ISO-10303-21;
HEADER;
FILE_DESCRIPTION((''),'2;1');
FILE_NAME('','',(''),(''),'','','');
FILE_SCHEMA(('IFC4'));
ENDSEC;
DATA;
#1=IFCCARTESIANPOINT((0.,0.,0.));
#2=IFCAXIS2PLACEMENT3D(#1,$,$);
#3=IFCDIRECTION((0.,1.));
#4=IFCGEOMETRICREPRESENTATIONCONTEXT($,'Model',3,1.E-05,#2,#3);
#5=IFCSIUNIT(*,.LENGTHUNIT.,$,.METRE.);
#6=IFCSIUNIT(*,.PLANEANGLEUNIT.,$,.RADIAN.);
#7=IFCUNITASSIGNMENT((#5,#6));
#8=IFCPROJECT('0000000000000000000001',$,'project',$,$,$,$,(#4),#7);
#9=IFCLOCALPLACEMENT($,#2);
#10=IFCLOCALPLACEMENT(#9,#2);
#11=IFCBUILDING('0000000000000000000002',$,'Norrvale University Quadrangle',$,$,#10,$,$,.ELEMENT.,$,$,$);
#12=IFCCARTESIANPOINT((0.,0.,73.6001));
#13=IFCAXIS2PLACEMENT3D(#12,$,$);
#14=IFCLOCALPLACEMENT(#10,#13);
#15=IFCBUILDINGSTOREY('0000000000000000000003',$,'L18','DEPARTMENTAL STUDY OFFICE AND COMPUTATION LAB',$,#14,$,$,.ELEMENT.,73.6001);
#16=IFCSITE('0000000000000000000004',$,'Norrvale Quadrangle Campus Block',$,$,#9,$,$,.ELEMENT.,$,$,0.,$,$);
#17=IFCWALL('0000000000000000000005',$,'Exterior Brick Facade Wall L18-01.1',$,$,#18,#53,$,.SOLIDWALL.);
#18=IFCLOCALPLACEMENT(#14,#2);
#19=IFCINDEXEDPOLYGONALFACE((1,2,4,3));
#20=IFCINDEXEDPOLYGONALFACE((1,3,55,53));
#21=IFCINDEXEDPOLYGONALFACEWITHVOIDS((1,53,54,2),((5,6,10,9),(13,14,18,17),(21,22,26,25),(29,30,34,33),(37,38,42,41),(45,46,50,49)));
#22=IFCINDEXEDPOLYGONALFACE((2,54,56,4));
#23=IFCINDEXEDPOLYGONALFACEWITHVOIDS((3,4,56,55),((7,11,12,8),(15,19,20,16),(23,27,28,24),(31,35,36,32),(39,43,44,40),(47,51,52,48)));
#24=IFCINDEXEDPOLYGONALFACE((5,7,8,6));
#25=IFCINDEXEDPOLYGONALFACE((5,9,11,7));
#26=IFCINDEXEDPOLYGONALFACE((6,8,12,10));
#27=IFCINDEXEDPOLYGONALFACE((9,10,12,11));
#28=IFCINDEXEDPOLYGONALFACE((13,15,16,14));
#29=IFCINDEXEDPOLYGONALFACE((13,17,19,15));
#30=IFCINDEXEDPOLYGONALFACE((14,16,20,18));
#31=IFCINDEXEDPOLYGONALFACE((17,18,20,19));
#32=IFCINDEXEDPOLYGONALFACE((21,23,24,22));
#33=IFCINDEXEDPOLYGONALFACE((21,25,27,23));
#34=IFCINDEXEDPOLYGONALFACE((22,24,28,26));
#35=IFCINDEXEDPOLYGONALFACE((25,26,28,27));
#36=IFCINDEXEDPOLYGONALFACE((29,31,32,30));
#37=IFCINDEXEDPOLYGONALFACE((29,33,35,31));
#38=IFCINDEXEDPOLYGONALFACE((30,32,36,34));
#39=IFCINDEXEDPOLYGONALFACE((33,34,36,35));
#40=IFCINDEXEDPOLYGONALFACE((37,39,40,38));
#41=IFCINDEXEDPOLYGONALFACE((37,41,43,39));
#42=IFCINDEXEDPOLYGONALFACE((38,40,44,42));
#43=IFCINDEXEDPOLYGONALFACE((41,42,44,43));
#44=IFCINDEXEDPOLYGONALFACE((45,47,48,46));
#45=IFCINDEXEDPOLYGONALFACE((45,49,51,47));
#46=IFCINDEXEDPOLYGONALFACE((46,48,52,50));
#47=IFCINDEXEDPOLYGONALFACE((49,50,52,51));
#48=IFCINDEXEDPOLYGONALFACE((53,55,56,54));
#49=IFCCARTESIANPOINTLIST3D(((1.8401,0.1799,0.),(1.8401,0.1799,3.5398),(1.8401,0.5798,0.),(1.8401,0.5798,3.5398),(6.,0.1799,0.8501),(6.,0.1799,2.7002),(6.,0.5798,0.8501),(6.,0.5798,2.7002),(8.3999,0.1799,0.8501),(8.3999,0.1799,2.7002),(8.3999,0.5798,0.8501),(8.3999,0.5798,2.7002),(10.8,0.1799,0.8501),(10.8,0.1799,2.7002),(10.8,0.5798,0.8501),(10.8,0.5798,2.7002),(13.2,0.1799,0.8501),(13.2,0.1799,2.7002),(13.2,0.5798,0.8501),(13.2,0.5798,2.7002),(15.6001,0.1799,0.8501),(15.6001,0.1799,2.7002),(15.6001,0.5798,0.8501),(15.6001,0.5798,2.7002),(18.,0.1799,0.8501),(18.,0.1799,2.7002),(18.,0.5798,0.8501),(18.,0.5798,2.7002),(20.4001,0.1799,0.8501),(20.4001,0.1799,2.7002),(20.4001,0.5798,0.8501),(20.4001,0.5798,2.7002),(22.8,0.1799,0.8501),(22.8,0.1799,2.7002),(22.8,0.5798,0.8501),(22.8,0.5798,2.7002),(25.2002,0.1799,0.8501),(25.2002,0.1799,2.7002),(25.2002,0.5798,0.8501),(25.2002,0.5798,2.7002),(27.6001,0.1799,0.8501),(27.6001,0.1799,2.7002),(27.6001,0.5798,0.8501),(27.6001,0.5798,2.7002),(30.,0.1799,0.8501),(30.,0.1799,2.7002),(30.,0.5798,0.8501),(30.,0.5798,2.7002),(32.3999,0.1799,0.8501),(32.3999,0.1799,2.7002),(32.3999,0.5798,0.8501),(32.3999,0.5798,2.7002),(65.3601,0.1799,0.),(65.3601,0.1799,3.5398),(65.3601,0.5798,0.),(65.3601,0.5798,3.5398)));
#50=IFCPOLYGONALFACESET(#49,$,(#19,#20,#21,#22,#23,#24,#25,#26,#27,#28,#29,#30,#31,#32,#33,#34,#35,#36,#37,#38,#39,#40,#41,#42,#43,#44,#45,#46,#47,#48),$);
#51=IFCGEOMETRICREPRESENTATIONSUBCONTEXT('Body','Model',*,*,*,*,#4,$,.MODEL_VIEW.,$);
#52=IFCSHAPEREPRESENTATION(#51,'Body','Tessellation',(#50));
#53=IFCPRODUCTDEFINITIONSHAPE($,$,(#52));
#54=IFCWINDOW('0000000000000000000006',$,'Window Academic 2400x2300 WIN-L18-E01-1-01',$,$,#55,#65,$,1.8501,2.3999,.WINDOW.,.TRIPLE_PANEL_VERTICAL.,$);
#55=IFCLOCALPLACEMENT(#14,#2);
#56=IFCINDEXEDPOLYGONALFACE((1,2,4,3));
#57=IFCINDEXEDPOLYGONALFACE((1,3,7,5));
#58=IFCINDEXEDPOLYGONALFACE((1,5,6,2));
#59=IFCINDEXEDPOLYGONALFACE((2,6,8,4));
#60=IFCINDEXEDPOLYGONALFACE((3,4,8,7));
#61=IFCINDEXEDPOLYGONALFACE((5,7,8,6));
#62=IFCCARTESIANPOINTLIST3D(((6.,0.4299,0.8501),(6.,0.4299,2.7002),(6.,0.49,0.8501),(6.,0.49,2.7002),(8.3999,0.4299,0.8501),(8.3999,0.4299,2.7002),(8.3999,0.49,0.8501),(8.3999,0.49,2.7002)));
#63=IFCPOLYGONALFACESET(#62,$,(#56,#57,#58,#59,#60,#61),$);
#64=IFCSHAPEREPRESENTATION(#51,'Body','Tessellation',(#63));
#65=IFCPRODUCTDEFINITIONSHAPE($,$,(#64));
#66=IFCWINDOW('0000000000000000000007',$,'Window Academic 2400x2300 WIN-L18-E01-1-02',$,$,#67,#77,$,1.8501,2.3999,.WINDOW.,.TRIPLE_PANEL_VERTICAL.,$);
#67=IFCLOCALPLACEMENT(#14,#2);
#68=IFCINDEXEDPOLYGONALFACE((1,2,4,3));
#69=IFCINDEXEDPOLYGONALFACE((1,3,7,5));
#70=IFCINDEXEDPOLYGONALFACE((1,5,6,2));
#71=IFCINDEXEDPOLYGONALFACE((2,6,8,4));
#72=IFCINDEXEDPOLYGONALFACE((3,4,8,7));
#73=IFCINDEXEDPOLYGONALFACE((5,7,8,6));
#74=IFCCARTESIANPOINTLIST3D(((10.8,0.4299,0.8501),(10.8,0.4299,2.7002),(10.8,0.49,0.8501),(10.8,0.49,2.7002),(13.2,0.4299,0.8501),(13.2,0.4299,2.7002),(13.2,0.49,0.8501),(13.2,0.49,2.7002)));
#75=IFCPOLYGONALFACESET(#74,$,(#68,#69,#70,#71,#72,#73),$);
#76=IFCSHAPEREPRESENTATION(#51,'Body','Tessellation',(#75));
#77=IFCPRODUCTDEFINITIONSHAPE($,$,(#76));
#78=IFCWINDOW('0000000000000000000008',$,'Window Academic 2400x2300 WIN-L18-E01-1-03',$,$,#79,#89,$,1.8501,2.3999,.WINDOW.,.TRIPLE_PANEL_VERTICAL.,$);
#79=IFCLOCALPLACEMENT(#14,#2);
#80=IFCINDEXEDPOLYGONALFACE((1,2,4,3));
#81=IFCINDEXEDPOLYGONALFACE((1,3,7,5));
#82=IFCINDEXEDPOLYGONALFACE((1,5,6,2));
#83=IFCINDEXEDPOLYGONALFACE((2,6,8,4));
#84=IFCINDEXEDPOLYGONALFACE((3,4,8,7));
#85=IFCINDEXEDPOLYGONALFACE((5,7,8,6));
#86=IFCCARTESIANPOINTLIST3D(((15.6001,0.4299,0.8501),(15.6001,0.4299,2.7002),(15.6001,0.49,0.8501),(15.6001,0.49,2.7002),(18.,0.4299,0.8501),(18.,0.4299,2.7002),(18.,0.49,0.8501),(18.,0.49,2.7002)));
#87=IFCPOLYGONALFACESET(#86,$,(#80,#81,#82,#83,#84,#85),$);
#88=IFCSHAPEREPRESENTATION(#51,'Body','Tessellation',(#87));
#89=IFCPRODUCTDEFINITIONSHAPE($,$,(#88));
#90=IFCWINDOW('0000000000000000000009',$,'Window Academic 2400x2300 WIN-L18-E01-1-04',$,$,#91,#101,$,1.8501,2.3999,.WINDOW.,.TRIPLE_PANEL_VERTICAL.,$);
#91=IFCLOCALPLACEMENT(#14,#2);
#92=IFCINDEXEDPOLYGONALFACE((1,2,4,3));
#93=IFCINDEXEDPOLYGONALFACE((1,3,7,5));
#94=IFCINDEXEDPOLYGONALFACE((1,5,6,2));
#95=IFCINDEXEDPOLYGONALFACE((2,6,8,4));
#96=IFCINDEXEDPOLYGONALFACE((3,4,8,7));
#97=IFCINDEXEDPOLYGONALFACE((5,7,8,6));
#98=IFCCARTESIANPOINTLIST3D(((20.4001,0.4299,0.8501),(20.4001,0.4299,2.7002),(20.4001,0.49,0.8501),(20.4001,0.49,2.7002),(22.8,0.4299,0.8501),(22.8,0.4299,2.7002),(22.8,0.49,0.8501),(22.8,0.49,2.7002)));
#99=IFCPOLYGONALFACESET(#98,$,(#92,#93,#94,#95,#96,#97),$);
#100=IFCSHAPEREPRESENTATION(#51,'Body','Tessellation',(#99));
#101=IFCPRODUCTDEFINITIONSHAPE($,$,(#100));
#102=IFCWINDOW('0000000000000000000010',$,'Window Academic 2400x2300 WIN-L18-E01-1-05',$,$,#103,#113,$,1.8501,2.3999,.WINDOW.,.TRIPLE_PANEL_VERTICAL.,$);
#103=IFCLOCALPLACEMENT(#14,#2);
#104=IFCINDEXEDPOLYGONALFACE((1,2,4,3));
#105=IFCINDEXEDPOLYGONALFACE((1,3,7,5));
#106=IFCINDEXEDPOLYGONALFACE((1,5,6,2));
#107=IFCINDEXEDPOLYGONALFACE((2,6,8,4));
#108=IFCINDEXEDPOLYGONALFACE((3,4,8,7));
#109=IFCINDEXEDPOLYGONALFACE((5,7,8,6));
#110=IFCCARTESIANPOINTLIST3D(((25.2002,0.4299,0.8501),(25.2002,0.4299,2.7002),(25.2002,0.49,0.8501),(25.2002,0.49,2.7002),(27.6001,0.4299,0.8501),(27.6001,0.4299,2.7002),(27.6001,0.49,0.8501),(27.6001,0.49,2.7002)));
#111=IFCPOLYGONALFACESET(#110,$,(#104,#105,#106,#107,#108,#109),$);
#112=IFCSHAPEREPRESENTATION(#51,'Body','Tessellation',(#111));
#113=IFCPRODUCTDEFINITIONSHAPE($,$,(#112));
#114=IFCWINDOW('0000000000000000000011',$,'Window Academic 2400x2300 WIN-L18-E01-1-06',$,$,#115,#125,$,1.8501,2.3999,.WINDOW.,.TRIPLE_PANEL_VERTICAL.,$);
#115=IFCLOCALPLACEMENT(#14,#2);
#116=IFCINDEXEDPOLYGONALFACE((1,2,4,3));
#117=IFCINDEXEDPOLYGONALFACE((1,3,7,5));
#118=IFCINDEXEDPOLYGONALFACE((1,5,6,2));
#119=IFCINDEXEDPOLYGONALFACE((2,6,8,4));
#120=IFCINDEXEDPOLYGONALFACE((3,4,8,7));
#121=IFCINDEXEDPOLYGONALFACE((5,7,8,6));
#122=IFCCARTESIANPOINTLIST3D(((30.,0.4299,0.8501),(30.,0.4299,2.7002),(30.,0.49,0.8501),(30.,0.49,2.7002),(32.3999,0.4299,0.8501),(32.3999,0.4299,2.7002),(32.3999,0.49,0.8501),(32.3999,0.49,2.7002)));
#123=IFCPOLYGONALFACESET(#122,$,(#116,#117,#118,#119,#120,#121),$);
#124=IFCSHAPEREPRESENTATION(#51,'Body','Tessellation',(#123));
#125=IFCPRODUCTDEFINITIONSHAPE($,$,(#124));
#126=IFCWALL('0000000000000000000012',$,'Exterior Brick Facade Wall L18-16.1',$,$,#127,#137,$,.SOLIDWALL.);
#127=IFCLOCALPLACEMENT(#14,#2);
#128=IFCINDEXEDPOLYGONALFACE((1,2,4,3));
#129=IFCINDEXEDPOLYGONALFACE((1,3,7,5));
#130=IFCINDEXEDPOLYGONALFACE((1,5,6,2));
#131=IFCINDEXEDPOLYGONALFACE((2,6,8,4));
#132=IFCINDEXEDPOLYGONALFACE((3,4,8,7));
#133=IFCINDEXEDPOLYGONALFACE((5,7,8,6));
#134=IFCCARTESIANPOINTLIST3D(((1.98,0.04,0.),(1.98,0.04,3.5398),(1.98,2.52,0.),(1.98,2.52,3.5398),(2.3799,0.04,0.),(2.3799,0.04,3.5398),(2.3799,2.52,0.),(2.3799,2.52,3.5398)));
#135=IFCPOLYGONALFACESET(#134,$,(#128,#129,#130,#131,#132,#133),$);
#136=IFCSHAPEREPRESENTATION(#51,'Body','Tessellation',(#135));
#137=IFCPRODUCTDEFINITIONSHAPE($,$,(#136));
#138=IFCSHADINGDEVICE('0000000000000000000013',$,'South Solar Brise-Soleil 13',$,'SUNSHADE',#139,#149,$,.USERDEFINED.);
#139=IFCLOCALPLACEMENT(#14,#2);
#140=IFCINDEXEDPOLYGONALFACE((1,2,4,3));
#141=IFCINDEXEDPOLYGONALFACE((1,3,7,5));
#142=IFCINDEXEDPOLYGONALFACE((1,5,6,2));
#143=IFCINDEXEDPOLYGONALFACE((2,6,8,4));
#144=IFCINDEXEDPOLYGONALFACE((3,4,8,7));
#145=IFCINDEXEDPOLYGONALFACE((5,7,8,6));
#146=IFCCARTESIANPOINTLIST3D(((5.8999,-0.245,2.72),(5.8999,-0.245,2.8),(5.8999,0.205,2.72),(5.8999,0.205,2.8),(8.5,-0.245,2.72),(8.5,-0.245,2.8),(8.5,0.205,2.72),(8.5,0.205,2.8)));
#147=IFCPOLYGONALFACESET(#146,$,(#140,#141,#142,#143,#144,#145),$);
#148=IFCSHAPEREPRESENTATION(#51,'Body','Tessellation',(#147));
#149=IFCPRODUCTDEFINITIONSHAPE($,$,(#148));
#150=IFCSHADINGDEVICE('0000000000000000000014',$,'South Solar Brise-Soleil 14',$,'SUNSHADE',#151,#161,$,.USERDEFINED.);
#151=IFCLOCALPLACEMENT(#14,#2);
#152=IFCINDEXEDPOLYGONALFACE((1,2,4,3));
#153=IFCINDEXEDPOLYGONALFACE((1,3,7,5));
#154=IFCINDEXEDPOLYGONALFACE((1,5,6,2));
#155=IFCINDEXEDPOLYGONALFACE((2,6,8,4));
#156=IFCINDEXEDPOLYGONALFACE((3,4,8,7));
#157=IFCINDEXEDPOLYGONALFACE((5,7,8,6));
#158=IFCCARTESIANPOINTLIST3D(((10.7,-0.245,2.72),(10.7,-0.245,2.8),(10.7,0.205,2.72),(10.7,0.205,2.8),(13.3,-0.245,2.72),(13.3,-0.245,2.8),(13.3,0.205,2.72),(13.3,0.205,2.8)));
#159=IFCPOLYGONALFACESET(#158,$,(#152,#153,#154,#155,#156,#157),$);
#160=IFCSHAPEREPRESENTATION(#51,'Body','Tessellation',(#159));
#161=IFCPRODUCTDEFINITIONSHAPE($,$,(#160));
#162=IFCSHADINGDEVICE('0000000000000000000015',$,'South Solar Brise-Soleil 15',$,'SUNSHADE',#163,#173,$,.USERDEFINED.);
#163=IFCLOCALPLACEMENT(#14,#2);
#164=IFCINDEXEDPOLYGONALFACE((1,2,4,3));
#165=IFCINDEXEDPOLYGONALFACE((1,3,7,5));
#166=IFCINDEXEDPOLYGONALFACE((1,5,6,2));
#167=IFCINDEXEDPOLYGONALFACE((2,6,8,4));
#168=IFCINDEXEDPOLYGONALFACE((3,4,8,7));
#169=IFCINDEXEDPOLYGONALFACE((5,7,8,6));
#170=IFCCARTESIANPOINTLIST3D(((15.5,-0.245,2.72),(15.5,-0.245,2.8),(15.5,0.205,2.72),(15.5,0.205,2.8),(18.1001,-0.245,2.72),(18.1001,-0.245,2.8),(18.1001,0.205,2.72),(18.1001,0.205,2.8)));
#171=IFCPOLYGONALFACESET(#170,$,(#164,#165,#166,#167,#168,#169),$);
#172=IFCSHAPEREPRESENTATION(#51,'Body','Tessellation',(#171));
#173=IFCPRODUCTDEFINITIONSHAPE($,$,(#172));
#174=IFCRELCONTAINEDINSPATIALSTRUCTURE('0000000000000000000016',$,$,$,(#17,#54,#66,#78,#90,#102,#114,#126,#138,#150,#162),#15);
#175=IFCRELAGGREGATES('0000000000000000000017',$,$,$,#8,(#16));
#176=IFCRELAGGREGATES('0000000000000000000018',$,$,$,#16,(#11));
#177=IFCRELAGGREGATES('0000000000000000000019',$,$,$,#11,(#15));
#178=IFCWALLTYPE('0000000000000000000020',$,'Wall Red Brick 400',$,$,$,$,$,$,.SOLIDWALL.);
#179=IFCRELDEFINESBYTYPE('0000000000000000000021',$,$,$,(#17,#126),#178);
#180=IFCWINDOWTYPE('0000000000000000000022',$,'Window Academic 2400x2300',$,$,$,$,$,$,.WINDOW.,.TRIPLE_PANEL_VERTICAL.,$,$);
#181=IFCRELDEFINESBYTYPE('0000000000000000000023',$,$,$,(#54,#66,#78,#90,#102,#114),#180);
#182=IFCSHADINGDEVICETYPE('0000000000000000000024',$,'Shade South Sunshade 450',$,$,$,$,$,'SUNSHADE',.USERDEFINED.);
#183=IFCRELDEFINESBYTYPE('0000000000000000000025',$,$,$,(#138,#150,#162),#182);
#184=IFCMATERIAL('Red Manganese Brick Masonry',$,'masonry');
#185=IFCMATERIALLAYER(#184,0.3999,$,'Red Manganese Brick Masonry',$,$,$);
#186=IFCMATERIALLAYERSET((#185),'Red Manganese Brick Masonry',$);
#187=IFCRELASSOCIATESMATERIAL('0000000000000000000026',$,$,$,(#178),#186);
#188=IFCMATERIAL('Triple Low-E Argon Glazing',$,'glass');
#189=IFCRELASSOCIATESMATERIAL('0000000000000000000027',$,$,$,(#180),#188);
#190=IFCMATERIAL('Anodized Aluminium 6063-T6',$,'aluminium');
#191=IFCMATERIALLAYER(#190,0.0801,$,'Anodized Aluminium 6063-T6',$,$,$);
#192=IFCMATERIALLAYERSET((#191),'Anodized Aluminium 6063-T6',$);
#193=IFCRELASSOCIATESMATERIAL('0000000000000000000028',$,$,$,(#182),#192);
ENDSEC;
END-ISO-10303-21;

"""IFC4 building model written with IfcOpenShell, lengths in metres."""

from ifc_helpers import new_model, si_unit, direction, frame, frame_2d, origin, origin_2d, place, context, subcontext, project, spatial, rectangle, extrude, material, layer, layer_set, type_object, element, fill, save


model = new_model("IFC4")

# Units and contexts
model_context = context("Model", 3, precision=1e-05, world=origin(), true_north=direction((0.0, 1.0)))
body_context = subcontext(model_context, "Body", "Model", "MODEL_VIEW")
ifc_project = project(units=[si_unit("LENGTHUNIT", "METRE"), si_unit("PLANEANGLEUNIT", "RADIAN")], contexts=[model_context])

# Site, building, storey
site_placement = place(None, origin())
site = spatial("IfcSite", under=ifc_project, at=site_placement, Name="Norrvale Quadrangle Campus Block", CompositionType="ELEMENT", RefElevation=0.0)
building_placement = place(site_placement, origin())
building = spatial("IfcBuilding", under=site, at=building_placement, Name="Norrvale University Quadrangle", CompositionType="ELEMENT")
storey_placement = place(building_placement, frame((0.0, 0.0, 73.6001)))
storey = spatial("IfcBuildingStorey", under=building, at=storey_placement, Name="L18", Description="DEPARTMENTAL STUDY OFFICE AND COMPUTATION LAB", CompositionType="ELEMENT", Elevation=73.6001)

# Wall, openings, windows
ifc_material_1 = material(Name="Red Manganese Brick Masonry", Category="masonry")
ifc_layer_1 = layer(ifc_material_1, 0.3999, Name="Red Manganese Brick Masonry")
ifc_layer_set_1 = layer_set([ifc_layer_1], Name="Red Manganese Brick Masonry")
wall_type_1 = type_object("IfcWallType", Name="Wall Red Brick 400", PredefinedType="SOLIDWALL", material=ifc_layer_set_1)
wall_1_placement = place(storey_placement, frame((1.8401, 0.3799, 0.0), z_axis=(0.0, 0.0, 1.0), x_axis=(1.0, 0.0, 0.0)))
wall_1 = element("IfcWall", 1, at=wall_1_placement, inside=storey, type_object=wall_type_1, Name="Exterior Brick Facade Wall L18-01.1", PredefinedType="SOLIDWALL", context=body_context, shape_type="SweptSolid", body=[
    extrude(rectangle(XDim=63.52, YDim=0.3999, at=frame_2d((31.76, 0.0))), origin(), (0.0, 0.0, 1.0), 3.5398),
])
opening_1_placement = place(wall_1_placement, frame((4.1599, 0.0, 0.8501)))
opening_1 = element("IfcOpeningElement", 2, at=opening_1_placement, cuts=wall_1, PredefinedType="OPENING", context=body_context, shape_type="SweptSolid", body=[
    extrude(rectangle(XDim=2.3999, YDim=1.8501, at=frame_2d((1.2, 0.925))), frame((0.0, 0.2119, 0.0), z_axis=(0.0, -1.0, 0.0), x_axis=(1.0, 0.0, 0.0)), (0.0, 0.0, 1.0), 0.4238),
])
opening_2_placement = place(wall_1_placement, frame((8.96, 0.0, 0.8501)))
opening_2 = element("IfcOpeningElement", 3, at=opening_2_placement, cuts=wall_1, PredefinedType="OPENING", context=body_context, shape_type="SweptSolid", body=[
    extrude(rectangle(XDim=2.3999, YDim=1.8501, at=frame_2d((1.2, 0.925))), frame((0.0, 0.2119, 0.0), z_axis=(0.0, -1.0, 0.0), x_axis=(1.0, 0.0, 0.0)), (0.0, 0.0, 1.0), 0.4238),
])
opening_3_placement = place(wall_1_placement, frame((13.76, 0.0, 0.8501)))
opening_3 = element("IfcOpeningElement", 4, at=opening_3_placement, cuts=wall_1, PredefinedType="OPENING", context=body_context, shape_type="SweptSolid", body=[
    extrude(rectangle(XDim=2.3999, YDim=1.8501, at=frame_2d((1.2, 0.925))), frame((0.0, 0.2119, 0.0), z_axis=(0.0, -1.0, 0.0), x_axis=(1.0, 0.0, 0.0)), (0.0, 0.0, 1.0), 0.4238),
])
opening_4_placement = place(wall_1_placement, frame((18.5601, 0.0, 0.8501)))
opening_4 = element("IfcOpeningElement", 5, at=opening_4_placement, cuts=wall_1, PredefinedType="OPENING", context=body_context, shape_type="SweptSolid", body=[
    extrude(rectangle(XDim=2.3999, YDim=1.8501, at=frame_2d((1.2, 0.925))), frame((0.0, 0.2119, 0.0), z_axis=(0.0, -1.0, 0.0), x_axis=(1.0, 0.0, 0.0)), (0.0, 0.0, 1.0), 0.4238),
])
opening_5_placement = place(wall_1_placement, frame((23.3601, 0.0, 0.8501)))
opening_5 = element("IfcOpeningElement", 6, at=opening_5_placement, cuts=wall_1, PredefinedType="OPENING", context=body_context, shape_type="SweptSolid", body=[
    extrude(rectangle(XDim=2.3999, YDim=1.8501, at=frame_2d((1.2, 0.925))), frame((0.0, 0.2119, 0.0), z_axis=(0.0, -1.0, 0.0), x_axis=(1.0, 0.0, 0.0)), (0.0, 0.0, 1.0), 0.4238),
])
opening_6_placement = place(wall_1_placement, frame((28.1599, 0.0, 0.8501)))
opening_6 = element("IfcOpeningElement", 7, at=opening_6_placement, cuts=wall_1, PredefinedType="OPENING", context=body_context, shape_type="SweptSolid", body=[
    extrude(rectangle(XDim=2.3999, YDim=1.8501, at=frame_2d((1.2, 0.925))), frame((0.0, 0.2119, 0.0), z_axis=(0.0, -1.0, 0.0), x_axis=(1.0, 0.0, 0.0)), (0.0, 0.0, 1.0), 0.4238),
])
ifc_material_2 = material(Name="Triple Low-E Argon Glazing", Category="glass")
window_type = type_object("IfcWindowType", Name="Window Academic 2400x2300", PartitioningType="TRIPLE_PANEL_VERTICAL", PredefinedType="WINDOW", material=ifc_material_2)
window_1_placement = place(opening_1_placement, origin())
window_1 = element("IfcWindow", 8, at=window_1_placement, inside=storey, type_object=window_type, Name="Window Academic 2400x2300 WIN-L18-E01-1-01", OverallHeight=1.8501, OverallWidth=2.3999, PartitioningType="TRIPLE_PANEL_VERTICAL", PredefinedType="WINDOW", context=body_context, shape_type="SweptSolid", body=[
    extrude(rectangle(XDim=2.3999, YDim=1.8501, at=frame_2d((1.2, 0.925))), frame((0.0, 0.1101, 0.0), z_axis=(0.0, -1.0, 0.0), x_axis=(1.0, 0.0, 0.0)), (0.0, 0.0, 1.0), 0.0601),
])
fill(opening_1, window_1)
window_2_placement = place(opening_2_placement, origin())
window_2 = element("IfcWindow", 9, at=window_2_placement, inside=storey, type_object=window_type, Name="Window Academic 2400x2300 WIN-L18-E01-1-02", OverallHeight=1.8501, OverallWidth=2.3999, PartitioningType="TRIPLE_PANEL_VERTICAL", PredefinedType="WINDOW", context=body_context, shape_type="SweptSolid", body=[
    extrude(rectangle(XDim=2.3999, YDim=1.8501, at=frame_2d((1.2, 0.925))), frame((0.0, 0.1101, 0.0), z_axis=(0.0, -1.0, 0.0), x_axis=(1.0, 0.0, 0.0)), (0.0, 0.0, 1.0), 0.0601),
])
fill(opening_2, window_2)
window_3_placement = place(opening_3_placement, origin())
window_3 = element("IfcWindow", 10, at=window_3_placement, inside=storey, type_object=window_type, Name="Window Academic 2400x2300 WIN-L18-E01-1-03", OverallHeight=1.8501, OverallWidth=2.3999, PartitioningType="TRIPLE_PANEL_VERTICAL", PredefinedType="WINDOW", context=body_context, shape_type="SweptSolid", body=[
    extrude(rectangle(XDim=2.3999, YDim=1.8501, at=frame_2d((1.2, 0.925))), frame((0.0, 0.1101, 0.0), z_axis=(0.0, -1.0, 0.0), x_axis=(1.0, 0.0, 0.0)), (0.0, 0.0, 1.0), 0.0601),
])
fill(opening_3, window_3)
window_4_placement = place(opening_4_placement, origin())
window_4 = element("IfcWindow", 11, at=window_4_placement, inside=storey, type_object=window_type, Name="Window Academic 2400x2300 WIN-L18-E01-1-04", OverallHeight=1.8501, OverallWidth=2.3999, PartitioningType="TRIPLE_PANEL_VERTICAL", PredefinedType="WINDOW", context=body_context, shape_type="SweptSolid", body=[
    extrude(rectangle(XDim=2.3999, YDim=1.8501, at=frame_2d((1.2, 0.925))), frame((0.0, 0.1101, 0.0), z_axis=(0.0, -1.0, 0.0), x_axis=(1.0, 0.0, 0.0)), (0.0, 0.0, 1.0), 0.0601),
])
fill(opening_4, window_4)
window_5_placement = place(opening_5_placement, origin())
window_5 = element("IfcWindow", 12, at=window_5_placement, inside=storey, type_object=window_type, Name="Window Academic 2400x2300 WIN-L18-E01-1-05", OverallHeight=1.8501, OverallWidth=2.3999, PartitioningType="TRIPLE_PANEL_VERTICAL", PredefinedType="WINDOW", context=body_context, shape_type="SweptSolid", body=[
    extrude(rectangle(XDim=2.3999, YDim=1.8501, at=frame_2d((1.2, 0.925))), frame((0.0, 0.1101, 0.0), z_axis=(0.0, -1.0, 0.0), x_axis=(1.0, 0.0, 0.0)), (0.0, 0.0, 1.0), 0.0601),
])
fill(opening_5, window_5)
window_6_placement = place(opening_6_placement, origin())
window_6 = element("IfcWindow", 13, at=window_6_placement, inside=storey, type_object=window_type, Name="Window Academic 2400x2300 WIN-L18-E01-1-06", OverallHeight=1.8501, OverallWidth=2.3999, PartitioningType="TRIPLE_PANEL_VERTICAL", PredefinedType="WINDOW", context=body_context, shape_type="SweptSolid", body=[
    extrude(rectangle(XDim=2.3999, YDim=1.8501, at=frame_2d((1.2, 0.925))), frame((0.0, 0.1101, 0.0), z_axis=(0.0, -1.0, 0.0), x_axis=(1.0, 0.0, 0.0)), (0.0, 0.0, 1.0), 0.0601),
])
fill(opening_6, window_6)

# Wall
wall_2_placement = place(storey_placement, frame((2.1799, 2.52, 0.0), z_axis=(0.0, 0.0, 1.0), x_axis=(0.0, -1.0, 0.0)))
element("IfcWall", 14, at=wall_2_placement, inside=storey, type_object=wall_type_1, Name="Exterior Brick Facade Wall L18-16.1", PredefinedType="SOLIDWALL", context=body_context, shape_type="SweptSolid", body=[
    extrude(rectangle(XDim=2.48, YDim=0.3999, at=frame_2d((1.24, 0.0))), origin(), (0.0, 0.0, 1.0), 3.5398),
])

# Shading devices
ifc_material_3 = material(Name="Anodized Aluminium 6063-T6", Category="aluminium")
ifc_layer_2 = layer(ifc_material_3, 0.0801, Name="Anodized Aluminium 6063-T6")
ifc_layer_set_2 = layer_set([ifc_layer_2], Name="Anodized Aluminium 6063-T6")
shading_device_type = type_object("IfcShadingDeviceType", Name="Shade South Sunshade 450", ElementType="SUNSHADE", PredefinedType="USERDEFINED", material=ifc_layer_set_2)
for number, where, z_axis, x_axis, name in (
    (15, (7.2, -0.02, 2.72), (0.0, 0.0, 1.0), (1.0, 0.0, 0.0), "South Solar Brise-Soleil 13"),
    (16, (12.0, -0.02, 2.72), (0.0, 0.0, 1.0), (1.0, 0.0, 0.0), "South Solar Brise-Soleil 14"),
    (17, (16.8, -0.02, 2.72), (0.0, 0.0, 1.0), (1.0, 0.0, 0.0), "South Solar Brise-Soleil 15"),
):
    element("IfcShadingDevice", number, at=place(storey_placement, frame(where, z_axis=z_axis, x_axis=x_axis)), inside=storey, type_object=shading_device_type, Name=name, ObjectType="SUNSHADE", PredefinedType="USERDEFINED", context=body_context, shape_type="SweptSolid", body=[
        extrude(rectangle(XDim=2.6001, YDim=0.45, at=origin_2d()), origin(), (0.0, 0.0, 1.0), 0.0801),
    ])

save(model, "model.ifc")
